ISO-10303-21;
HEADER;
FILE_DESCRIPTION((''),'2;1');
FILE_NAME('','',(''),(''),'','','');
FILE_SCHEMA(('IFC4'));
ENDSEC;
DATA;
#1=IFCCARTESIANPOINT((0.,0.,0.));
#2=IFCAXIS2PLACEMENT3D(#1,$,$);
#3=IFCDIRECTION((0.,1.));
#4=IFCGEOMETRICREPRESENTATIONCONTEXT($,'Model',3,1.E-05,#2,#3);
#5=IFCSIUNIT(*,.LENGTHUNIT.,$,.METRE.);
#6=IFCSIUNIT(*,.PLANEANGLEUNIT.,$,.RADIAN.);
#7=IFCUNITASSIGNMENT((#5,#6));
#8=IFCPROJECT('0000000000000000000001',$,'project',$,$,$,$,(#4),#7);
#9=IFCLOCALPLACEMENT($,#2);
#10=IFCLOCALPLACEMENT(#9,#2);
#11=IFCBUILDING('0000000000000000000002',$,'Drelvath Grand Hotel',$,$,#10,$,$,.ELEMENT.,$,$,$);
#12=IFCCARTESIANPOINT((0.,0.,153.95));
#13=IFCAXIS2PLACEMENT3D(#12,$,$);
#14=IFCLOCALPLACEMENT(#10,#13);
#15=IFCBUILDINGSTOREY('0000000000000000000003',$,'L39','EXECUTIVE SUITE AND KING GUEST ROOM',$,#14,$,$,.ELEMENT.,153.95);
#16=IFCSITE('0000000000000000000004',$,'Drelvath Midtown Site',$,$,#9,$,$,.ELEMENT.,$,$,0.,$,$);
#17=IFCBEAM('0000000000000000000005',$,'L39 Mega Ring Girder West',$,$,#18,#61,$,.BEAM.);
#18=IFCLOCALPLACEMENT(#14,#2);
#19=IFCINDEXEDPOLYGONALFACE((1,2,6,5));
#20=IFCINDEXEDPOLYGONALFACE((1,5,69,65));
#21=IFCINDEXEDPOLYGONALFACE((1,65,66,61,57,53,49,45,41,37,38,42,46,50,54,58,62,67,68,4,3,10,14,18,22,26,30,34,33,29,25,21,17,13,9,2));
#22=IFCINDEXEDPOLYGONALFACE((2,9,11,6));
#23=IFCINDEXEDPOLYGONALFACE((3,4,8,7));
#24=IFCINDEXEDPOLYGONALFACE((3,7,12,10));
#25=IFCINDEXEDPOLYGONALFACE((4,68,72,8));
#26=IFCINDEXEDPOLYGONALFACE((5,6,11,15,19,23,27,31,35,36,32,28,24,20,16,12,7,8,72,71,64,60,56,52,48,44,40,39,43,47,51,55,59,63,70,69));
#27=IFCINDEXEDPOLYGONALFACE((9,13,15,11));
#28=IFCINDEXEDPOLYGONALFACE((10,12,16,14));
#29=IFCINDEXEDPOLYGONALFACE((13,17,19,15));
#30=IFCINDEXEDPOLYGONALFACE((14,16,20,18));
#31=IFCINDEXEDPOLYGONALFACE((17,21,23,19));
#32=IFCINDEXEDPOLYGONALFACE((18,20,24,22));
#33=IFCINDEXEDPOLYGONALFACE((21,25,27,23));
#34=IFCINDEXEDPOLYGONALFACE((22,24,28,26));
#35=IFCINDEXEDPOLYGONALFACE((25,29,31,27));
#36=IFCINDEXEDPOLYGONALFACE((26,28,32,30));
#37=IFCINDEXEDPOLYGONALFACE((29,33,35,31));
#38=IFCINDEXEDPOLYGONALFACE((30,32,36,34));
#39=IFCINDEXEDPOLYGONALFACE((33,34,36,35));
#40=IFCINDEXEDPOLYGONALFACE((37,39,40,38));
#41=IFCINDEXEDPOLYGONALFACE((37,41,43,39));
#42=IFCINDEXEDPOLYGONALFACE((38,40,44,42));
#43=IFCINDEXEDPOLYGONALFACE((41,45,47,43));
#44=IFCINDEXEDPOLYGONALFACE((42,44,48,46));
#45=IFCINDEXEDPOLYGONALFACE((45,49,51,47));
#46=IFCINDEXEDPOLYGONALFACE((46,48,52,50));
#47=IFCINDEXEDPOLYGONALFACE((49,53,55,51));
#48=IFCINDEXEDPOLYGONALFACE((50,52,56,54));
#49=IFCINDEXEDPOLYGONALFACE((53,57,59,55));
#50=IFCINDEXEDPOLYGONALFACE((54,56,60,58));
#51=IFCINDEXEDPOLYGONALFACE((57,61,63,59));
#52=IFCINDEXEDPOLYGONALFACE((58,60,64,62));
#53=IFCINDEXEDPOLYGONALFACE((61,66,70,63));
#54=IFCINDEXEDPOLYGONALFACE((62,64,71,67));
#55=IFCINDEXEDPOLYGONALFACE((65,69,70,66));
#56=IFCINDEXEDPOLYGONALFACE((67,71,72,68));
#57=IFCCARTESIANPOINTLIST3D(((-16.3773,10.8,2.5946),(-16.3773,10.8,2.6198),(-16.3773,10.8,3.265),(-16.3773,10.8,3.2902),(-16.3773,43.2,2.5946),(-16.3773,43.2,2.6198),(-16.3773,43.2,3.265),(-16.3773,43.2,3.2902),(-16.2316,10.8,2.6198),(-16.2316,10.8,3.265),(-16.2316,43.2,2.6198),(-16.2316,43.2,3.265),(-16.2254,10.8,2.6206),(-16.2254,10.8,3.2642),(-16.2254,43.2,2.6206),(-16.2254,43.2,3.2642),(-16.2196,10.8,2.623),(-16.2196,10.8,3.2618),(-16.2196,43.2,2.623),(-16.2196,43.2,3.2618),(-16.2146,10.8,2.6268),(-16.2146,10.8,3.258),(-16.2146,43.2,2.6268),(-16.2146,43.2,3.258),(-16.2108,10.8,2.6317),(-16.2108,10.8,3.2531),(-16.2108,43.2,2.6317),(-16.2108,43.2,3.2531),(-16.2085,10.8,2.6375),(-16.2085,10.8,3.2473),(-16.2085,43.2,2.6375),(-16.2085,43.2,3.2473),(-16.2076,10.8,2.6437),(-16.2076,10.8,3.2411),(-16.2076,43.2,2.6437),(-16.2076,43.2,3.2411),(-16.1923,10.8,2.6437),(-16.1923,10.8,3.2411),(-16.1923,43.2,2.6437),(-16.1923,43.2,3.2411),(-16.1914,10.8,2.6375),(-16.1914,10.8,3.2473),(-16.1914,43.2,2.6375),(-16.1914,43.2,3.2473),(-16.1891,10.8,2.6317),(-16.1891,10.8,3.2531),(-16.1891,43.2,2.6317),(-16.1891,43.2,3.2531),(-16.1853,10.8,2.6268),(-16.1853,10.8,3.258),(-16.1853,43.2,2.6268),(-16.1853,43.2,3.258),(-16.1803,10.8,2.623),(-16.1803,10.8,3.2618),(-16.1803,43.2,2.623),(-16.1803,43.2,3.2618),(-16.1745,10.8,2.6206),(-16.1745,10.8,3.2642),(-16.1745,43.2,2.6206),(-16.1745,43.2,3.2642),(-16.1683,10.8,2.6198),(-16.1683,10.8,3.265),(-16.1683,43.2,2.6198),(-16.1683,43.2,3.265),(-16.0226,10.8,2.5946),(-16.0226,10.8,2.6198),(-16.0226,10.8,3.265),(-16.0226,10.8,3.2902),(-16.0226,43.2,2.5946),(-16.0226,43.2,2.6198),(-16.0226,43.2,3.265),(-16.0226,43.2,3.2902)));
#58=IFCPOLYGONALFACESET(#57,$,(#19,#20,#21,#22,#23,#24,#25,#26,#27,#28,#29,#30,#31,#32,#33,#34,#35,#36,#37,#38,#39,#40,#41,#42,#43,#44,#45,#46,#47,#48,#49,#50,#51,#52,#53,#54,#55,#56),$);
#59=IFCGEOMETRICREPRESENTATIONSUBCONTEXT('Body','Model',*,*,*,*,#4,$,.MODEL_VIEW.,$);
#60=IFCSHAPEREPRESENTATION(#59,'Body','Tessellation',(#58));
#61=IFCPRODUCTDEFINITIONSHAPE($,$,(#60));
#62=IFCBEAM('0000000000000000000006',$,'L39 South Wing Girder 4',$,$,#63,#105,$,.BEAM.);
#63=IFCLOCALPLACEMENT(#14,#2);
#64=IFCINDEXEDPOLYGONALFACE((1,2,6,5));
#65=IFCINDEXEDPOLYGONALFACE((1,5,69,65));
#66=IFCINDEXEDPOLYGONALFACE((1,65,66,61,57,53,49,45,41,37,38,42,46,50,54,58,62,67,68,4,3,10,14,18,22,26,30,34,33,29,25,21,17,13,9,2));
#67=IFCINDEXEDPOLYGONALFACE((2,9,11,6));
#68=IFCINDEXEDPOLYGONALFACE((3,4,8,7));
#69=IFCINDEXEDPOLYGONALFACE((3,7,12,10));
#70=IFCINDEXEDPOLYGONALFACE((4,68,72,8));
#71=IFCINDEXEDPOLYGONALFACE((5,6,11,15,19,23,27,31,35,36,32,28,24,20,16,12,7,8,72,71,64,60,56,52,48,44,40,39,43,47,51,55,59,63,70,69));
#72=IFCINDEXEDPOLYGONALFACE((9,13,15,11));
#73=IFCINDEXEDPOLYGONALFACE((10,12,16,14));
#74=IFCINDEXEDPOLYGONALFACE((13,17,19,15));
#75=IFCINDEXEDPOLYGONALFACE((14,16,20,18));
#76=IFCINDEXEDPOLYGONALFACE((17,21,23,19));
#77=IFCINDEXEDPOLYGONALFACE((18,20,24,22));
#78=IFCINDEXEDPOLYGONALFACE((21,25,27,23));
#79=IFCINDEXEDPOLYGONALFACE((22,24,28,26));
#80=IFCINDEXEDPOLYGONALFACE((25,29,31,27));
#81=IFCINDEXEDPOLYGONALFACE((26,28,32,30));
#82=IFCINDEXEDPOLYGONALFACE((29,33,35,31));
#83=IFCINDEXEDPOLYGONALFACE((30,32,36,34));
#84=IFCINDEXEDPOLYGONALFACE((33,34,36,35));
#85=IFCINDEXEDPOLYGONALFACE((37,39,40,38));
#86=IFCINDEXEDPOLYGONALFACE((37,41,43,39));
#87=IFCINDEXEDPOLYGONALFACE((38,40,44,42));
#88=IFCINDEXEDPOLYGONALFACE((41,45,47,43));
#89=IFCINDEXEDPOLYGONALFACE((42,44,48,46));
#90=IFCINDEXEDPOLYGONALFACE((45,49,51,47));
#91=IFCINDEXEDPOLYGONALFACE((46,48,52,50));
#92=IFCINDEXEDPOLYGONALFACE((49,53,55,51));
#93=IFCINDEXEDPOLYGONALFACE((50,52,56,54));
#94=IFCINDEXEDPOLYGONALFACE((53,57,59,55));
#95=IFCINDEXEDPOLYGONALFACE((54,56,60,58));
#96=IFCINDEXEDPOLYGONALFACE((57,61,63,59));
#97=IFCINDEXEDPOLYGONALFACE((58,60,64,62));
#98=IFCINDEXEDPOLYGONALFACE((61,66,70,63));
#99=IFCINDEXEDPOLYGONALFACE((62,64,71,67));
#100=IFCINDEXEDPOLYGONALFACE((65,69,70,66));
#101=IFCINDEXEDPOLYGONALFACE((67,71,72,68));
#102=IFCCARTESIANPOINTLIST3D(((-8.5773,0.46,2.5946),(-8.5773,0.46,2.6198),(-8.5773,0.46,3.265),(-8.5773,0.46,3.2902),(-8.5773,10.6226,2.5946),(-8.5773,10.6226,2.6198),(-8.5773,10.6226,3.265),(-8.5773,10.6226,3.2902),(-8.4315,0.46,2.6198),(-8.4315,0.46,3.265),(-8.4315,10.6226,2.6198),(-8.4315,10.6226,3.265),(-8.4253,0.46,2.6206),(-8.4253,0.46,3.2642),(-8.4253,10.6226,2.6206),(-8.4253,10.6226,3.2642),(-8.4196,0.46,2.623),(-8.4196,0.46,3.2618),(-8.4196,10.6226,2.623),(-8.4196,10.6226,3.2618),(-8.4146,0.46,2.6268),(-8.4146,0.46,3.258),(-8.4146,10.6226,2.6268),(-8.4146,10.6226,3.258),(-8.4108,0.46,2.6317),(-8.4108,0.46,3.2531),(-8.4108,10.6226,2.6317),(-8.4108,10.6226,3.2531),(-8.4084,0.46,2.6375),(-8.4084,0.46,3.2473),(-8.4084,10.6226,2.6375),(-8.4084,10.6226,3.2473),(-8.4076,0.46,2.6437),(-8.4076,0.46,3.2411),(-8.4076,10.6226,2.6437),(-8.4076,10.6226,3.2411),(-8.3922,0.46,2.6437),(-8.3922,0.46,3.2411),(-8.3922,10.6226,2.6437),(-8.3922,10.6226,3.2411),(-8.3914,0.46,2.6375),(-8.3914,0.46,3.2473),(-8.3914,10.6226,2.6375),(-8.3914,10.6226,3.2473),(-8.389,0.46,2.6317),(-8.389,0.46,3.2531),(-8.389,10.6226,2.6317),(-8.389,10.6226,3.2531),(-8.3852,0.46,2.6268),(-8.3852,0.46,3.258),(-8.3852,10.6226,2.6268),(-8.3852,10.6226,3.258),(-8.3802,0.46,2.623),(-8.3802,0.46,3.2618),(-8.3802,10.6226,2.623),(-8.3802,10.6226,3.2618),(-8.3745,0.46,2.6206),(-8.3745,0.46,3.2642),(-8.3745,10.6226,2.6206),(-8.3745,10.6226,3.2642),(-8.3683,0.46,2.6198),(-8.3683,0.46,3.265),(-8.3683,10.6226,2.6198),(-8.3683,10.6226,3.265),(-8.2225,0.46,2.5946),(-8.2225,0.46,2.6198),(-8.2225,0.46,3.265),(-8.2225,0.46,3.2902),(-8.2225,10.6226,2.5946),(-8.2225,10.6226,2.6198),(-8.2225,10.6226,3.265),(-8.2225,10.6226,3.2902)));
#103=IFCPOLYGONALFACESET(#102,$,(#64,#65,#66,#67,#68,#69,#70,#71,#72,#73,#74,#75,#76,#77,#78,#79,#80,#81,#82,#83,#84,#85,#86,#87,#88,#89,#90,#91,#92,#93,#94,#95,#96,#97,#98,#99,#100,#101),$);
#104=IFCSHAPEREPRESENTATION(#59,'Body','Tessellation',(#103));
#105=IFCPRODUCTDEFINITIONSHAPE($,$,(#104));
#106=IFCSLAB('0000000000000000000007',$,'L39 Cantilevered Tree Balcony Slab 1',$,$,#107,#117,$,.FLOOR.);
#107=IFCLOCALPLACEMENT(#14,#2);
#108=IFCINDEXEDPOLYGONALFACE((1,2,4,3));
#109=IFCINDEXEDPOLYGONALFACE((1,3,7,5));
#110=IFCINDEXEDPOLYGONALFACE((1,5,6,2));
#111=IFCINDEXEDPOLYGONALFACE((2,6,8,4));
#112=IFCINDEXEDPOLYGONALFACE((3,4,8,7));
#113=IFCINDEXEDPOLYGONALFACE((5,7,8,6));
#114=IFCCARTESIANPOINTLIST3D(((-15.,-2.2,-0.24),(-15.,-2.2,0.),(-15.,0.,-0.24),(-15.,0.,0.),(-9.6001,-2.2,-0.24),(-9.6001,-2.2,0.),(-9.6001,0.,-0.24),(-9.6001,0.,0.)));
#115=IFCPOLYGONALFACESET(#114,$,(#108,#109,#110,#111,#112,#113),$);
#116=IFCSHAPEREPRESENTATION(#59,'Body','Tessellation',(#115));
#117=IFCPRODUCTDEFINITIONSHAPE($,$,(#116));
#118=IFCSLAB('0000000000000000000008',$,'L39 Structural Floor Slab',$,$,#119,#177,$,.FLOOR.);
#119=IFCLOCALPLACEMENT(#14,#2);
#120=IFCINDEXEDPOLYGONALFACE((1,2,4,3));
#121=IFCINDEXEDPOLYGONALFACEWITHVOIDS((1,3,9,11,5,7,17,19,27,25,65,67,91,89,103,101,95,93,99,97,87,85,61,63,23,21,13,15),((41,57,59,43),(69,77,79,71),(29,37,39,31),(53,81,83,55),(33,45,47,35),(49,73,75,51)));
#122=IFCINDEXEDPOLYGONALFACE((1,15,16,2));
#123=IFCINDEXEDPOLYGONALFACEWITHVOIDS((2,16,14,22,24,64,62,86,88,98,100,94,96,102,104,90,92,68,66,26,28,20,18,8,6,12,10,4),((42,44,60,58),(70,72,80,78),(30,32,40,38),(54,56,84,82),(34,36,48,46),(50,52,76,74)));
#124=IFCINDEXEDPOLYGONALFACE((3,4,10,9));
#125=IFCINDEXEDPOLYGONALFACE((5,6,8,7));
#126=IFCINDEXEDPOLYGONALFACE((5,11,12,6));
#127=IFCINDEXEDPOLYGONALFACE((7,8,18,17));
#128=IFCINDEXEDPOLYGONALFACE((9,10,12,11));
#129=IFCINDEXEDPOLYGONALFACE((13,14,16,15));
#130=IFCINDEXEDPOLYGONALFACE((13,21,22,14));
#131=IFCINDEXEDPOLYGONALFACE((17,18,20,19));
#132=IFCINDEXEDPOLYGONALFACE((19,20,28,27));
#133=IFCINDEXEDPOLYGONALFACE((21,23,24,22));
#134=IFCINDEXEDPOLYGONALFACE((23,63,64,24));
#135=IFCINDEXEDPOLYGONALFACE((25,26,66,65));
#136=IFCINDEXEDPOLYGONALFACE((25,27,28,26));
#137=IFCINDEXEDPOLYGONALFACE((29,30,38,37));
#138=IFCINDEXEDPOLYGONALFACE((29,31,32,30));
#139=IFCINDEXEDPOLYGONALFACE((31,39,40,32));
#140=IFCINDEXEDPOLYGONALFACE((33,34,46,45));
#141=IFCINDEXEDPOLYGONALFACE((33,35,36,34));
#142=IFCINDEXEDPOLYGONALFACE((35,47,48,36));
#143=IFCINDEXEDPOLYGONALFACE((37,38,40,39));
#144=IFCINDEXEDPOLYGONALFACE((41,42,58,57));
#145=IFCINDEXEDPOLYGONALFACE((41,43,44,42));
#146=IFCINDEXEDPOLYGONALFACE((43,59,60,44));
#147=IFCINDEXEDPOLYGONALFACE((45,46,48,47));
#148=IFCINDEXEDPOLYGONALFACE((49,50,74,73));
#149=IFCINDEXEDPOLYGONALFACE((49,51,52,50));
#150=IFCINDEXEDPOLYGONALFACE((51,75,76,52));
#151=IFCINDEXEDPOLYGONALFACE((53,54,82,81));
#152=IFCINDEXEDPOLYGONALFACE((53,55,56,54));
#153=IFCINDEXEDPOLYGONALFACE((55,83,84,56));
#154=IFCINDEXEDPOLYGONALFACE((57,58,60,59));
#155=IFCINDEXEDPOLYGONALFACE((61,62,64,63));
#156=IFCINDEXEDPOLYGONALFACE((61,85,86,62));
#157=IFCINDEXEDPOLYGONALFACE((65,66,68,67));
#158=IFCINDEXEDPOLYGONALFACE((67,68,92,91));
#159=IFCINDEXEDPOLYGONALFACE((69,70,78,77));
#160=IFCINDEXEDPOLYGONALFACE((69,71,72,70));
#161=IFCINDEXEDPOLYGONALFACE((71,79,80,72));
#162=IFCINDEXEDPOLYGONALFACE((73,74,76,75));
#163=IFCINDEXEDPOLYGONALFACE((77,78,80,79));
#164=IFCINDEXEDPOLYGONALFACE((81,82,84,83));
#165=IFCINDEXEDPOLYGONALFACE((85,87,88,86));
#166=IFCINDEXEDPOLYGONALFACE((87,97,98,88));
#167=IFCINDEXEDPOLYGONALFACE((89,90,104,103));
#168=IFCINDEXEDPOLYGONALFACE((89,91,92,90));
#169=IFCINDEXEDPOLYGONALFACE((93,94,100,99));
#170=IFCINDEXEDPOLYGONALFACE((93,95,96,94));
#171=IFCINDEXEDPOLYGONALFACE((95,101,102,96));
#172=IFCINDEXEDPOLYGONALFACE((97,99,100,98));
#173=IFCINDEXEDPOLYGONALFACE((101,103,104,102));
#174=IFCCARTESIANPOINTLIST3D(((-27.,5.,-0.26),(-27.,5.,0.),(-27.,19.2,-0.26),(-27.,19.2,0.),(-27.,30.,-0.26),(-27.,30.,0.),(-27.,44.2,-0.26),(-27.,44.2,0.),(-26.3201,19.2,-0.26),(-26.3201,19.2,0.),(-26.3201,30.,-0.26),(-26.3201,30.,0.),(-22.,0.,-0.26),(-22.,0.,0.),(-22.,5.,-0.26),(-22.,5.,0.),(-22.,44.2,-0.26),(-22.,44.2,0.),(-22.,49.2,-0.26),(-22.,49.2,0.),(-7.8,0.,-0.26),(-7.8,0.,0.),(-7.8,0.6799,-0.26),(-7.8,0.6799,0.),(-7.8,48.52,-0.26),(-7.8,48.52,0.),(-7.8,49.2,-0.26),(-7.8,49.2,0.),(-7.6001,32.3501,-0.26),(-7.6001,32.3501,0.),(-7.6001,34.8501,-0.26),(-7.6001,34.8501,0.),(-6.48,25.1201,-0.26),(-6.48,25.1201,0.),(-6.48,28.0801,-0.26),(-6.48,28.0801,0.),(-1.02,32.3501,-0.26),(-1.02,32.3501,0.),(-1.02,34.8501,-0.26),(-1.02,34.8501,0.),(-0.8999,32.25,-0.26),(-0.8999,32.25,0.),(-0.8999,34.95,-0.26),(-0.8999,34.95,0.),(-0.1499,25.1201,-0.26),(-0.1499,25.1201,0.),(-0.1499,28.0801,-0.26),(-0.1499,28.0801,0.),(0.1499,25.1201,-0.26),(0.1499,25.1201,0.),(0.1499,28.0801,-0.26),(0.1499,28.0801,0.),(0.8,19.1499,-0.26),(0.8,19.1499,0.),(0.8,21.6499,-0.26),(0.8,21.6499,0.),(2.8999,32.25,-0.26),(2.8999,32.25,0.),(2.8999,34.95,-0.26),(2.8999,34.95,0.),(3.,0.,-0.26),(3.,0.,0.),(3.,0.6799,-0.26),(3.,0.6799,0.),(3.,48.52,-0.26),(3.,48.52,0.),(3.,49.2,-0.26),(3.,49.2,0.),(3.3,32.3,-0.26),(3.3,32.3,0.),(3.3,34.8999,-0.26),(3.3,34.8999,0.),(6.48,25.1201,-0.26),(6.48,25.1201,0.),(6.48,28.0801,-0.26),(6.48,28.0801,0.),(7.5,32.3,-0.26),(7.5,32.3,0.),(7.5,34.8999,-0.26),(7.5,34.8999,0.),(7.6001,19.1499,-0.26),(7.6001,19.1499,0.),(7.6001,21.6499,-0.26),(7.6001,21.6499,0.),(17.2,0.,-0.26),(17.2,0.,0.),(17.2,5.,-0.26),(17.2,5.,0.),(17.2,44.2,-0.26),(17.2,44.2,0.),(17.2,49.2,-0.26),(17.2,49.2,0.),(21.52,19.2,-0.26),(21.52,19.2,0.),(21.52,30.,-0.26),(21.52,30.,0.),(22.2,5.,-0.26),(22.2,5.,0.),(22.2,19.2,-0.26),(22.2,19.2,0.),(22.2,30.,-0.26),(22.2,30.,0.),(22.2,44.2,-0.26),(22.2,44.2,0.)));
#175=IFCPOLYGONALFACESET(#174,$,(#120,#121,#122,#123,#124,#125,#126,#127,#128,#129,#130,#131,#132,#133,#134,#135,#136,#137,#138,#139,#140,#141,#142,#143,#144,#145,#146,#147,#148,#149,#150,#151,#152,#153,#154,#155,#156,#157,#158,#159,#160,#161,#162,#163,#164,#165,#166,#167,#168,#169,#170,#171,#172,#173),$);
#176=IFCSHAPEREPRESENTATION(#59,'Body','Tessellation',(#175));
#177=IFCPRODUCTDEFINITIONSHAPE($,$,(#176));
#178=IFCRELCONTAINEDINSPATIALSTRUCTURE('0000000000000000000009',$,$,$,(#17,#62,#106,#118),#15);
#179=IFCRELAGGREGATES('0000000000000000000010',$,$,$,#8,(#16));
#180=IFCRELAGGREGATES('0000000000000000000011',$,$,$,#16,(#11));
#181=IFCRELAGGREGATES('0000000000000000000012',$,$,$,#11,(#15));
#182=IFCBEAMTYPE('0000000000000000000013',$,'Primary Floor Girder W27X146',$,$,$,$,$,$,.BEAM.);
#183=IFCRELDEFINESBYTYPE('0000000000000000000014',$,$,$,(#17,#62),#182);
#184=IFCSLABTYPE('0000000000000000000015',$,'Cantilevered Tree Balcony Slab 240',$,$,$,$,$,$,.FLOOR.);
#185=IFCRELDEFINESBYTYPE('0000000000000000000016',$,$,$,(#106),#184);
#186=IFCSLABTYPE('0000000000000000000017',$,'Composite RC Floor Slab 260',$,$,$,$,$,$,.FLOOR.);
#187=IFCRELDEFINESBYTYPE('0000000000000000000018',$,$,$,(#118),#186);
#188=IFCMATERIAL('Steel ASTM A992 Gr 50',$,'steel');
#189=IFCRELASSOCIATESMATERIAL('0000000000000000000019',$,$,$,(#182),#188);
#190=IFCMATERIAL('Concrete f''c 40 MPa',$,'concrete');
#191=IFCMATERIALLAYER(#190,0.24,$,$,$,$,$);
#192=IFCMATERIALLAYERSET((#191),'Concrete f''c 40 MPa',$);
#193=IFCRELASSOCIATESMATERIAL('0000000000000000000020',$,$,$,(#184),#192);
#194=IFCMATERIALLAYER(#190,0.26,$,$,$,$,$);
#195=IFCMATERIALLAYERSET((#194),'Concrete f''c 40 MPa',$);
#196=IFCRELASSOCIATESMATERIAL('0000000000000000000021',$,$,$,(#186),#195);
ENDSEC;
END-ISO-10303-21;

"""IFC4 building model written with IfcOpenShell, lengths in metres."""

from ifc_helpers import new_model, si_unit, direction, frame, origin, origin_2d, place, context, subcontext, project, spatial, polyline, i_section, outline, extrude, material, layer, layer_set, material_profile, profile_set, type_object, element, save


model = new_model("IFC4")

# Units and contexts
model_context = context("Model", 3, precision=1e-05, world=origin(), true_north=direction((0.0, 1.0)))
body_context = subcontext(model_context, "Body", "Model", "MODEL_VIEW")
ifc_project = project(units=[si_unit("LENGTHUNIT", "METRE"), si_unit("PLANEANGLEUNIT", "RADIAN")], contexts=[model_context])

# Site, building, storey
site_placement = place(None, origin())
site = spatial("IfcSite", under=ifc_project, at=site_placement, Name="Drelvath Midtown Site", CompositionType="ELEMENT", RefElevation=0.0)
building_placement = place(site_placement, origin())
building = spatial("IfcBuilding", under=site, at=building_placement, Name="Drelvath Grand Hotel", CompositionType="ELEMENT")
storey_placement = place(building_placement, frame((0.0, 0.0, 153.95)))
storey = spatial("IfcBuildingStorey", under=building, at=storey_placement, Name="L39", Description="EXECUTIVE SUITE AND KING GUEST ROOM", CompositionType="ELEMENT", Elevation=153.95)

# Shared definitions
ifc_material_1 = material(Name="Steel ASTM A992 Gr 50", Category="steel")

# Beams
ifc_material_profile_1 = material_profile(ifc_material_1, i_section(OverallWidth=0.3547, OverallDepth=0.6956, WebThickness=0.0154, FlangeThickness=0.0251, FilletRadius=0.0239, at=origin_2d()), Name="W27X146")
ifc_profile_set_1 = profile_set([ifc_material_profile_1], Name="Steel ASTM A992 Gr 50")
beam_type_1 = type_object("IfcBeamType", Name="Primary Floor Girder W27X146", PredefinedType="BEAM", material=ifc_profile_set_1)
for number, where, z_axis, x_axis, name in (
    (1, (-16.2, 10.8, 2.9424), (0.0, 1.0, 0.0), (-1.0, 0.0, 0.0), "L39 Mega Ring Girder West"),
):
    element("IfcBeam", number, at=place(storey_placement, frame(where, z_axis=z_axis, x_axis=x_axis)), inside=storey, type_object=beam_type_1, Name=name, PredefinedType="BEAM", context=body_context, shape_type="SweptSolid", body=[
        extrude(i_section(OverallWidth=0.3547, OverallDepth=0.6956, WebThickness=0.0154, FlangeThickness=0.0251, FilletRadius=0.0239, at=origin_2d()), origin(), (0.0, 0.0, 1.0), 32.3999),
    ])
beam_1_placement = place(storey_placement, frame((-8.3999, 0.46, 2.9424), z_axis=(0.0, 1.0, 0.0), x_axis=(-1.0, 0.0, 0.0)))
element("IfcBeam", 2, at=beam_1_placement, inside=storey, type_object=beam_type_1, Name="L39 South Wing Girder 4", PredefinedType="BEAM", context=body_context, shape_type="SweptSolid", body=[
    extrude(i_section(OverallWidth=0.3547, OverallDepth=0.6956, WebThickness=0.0154, FlangeThickness=0.0251, FilletRadius=0.0239, at=origin_2d()), origin(), (0.0, 0.0, 1.0), 10.1626),
])

# Slabs
ifc_material_2 = material(Name="Concrete f'c 40 MPa", Category="concrete")
ifc_layer_1 = layer(ifc_material_2, 0.24)
ifc_layer_set_1 = layer_set([ifc_layer_1], Name="Concrete f'c 40 MPa")
slab_type_1 = type_object("IfcSlabType", Name="Cantilevered Tree Balcony Slab 240", PredefinedType="FLOOR", material=ifc_layer_set_1)
slab_1_placement = place(storey_placement, frame((0.0, 0.0, -0.24)))
element("IfcSlab", 3, at=slab_1_placement, inside=storey, type_object=slab_type_1, Name="L39 Cantilevered Tree Balcony Slab 1", PredefinedType="FLOOR", context=body_context, shape_type="SweptSolid", body=[
    extrude(outline(polyline([(-15.0, -2.2), (-9.6001, -2.2), (-9.6001, 0.0), (-15.0, 0.0), (-15.0, -2.2)])), origin(), (0.0, 0.0, 1.0), 0.24),
])
ifc_layer_2 = layer(ifc_material_2, 0.26)
ifc_layer_set_2 = layer_set([ifc_layer_2], Name="Concrete f'c 40 MPa")
slab_type_2 = type_object("IfcSlabType", Name="Composite RC Floor Slab 260", PredefinedType="FLOOR", material=ifc_layer_set_2)
slab_2_placement = place(storey_placement, frame((0.0, 0.0, -0.26)))
element("IfcSlab", 4, at=slab_2_placement, inside=storey, type_object=slab_type_2, Name="L39 Structural Floor Slab", PredefinedType="FLOOR", context=body_context, shape_type="SweptSolid", body=[
    extrude(outline(polyline([(-22.0, 0.0), (-7.8, 0.0), (-7.8, 0.6799), (3.0, 0.6799), (3.0, 0.0), (17.2, 0.0), (17.2, 5.0), (22.2, 5.0), (22.2, 19.2), (21.52, 19.2), (21.52, 30.0), (22.2, 30.0), (22.2, 44.2), (17.2, 44.2), (17.2, 49.2), (3.0, 49.2), (3.0, 48.52), (-7.8, 48.52), (-7.8, 49.2), (-22.0, 49.2), (-22.0, 44.2), (-27.0, 44.2), (-27.0, 30.0), (-26.3201, 30.0), (-26.3201, 19.2), (-27.0, 19.2), (-27.0, 5.0), (-22.0, 5.0), (-22.0, 0.0)]), holes=[polyline([(-6.48, 25.1201), (-6.48, 28.0801), (-0.1499, 28.0801), (-0.1499, 25.1201), (-6.48, 25.1201)]), polyline([(0.1499, 25.1201), (0.1499, 28.0801), (6.48, 28.0801), (6.48, 25.1201), (0.1499, 25.1201)]), polyline([(0.8, 19.1499), (0.8, 21.6499), (7.6001, 21.6499), (7.6001, 19.1499), (0.8, 19.1499)]), polyline([(-7.6001, 32.3501), (-7.6001, 34.8501), (-1.02, 34.8501), (-1.02, 32.3501), (-7.6001, 32.3501)]), polyline([(-0.8999, 32.25), (-0.8999, 34.95), (2.8999, 34.95), (2.8999, 32.25), (-0.8999, 32.25)]), polyline([(3.3, 32.3), (3.3, 34.8999), (7.5, 34.8999), (7.5, 32.3), (3.3, 32.3)])]), origin(), (0.0, 0.0, 1.0), 0.26),
])

save(model, "model.ifc")
